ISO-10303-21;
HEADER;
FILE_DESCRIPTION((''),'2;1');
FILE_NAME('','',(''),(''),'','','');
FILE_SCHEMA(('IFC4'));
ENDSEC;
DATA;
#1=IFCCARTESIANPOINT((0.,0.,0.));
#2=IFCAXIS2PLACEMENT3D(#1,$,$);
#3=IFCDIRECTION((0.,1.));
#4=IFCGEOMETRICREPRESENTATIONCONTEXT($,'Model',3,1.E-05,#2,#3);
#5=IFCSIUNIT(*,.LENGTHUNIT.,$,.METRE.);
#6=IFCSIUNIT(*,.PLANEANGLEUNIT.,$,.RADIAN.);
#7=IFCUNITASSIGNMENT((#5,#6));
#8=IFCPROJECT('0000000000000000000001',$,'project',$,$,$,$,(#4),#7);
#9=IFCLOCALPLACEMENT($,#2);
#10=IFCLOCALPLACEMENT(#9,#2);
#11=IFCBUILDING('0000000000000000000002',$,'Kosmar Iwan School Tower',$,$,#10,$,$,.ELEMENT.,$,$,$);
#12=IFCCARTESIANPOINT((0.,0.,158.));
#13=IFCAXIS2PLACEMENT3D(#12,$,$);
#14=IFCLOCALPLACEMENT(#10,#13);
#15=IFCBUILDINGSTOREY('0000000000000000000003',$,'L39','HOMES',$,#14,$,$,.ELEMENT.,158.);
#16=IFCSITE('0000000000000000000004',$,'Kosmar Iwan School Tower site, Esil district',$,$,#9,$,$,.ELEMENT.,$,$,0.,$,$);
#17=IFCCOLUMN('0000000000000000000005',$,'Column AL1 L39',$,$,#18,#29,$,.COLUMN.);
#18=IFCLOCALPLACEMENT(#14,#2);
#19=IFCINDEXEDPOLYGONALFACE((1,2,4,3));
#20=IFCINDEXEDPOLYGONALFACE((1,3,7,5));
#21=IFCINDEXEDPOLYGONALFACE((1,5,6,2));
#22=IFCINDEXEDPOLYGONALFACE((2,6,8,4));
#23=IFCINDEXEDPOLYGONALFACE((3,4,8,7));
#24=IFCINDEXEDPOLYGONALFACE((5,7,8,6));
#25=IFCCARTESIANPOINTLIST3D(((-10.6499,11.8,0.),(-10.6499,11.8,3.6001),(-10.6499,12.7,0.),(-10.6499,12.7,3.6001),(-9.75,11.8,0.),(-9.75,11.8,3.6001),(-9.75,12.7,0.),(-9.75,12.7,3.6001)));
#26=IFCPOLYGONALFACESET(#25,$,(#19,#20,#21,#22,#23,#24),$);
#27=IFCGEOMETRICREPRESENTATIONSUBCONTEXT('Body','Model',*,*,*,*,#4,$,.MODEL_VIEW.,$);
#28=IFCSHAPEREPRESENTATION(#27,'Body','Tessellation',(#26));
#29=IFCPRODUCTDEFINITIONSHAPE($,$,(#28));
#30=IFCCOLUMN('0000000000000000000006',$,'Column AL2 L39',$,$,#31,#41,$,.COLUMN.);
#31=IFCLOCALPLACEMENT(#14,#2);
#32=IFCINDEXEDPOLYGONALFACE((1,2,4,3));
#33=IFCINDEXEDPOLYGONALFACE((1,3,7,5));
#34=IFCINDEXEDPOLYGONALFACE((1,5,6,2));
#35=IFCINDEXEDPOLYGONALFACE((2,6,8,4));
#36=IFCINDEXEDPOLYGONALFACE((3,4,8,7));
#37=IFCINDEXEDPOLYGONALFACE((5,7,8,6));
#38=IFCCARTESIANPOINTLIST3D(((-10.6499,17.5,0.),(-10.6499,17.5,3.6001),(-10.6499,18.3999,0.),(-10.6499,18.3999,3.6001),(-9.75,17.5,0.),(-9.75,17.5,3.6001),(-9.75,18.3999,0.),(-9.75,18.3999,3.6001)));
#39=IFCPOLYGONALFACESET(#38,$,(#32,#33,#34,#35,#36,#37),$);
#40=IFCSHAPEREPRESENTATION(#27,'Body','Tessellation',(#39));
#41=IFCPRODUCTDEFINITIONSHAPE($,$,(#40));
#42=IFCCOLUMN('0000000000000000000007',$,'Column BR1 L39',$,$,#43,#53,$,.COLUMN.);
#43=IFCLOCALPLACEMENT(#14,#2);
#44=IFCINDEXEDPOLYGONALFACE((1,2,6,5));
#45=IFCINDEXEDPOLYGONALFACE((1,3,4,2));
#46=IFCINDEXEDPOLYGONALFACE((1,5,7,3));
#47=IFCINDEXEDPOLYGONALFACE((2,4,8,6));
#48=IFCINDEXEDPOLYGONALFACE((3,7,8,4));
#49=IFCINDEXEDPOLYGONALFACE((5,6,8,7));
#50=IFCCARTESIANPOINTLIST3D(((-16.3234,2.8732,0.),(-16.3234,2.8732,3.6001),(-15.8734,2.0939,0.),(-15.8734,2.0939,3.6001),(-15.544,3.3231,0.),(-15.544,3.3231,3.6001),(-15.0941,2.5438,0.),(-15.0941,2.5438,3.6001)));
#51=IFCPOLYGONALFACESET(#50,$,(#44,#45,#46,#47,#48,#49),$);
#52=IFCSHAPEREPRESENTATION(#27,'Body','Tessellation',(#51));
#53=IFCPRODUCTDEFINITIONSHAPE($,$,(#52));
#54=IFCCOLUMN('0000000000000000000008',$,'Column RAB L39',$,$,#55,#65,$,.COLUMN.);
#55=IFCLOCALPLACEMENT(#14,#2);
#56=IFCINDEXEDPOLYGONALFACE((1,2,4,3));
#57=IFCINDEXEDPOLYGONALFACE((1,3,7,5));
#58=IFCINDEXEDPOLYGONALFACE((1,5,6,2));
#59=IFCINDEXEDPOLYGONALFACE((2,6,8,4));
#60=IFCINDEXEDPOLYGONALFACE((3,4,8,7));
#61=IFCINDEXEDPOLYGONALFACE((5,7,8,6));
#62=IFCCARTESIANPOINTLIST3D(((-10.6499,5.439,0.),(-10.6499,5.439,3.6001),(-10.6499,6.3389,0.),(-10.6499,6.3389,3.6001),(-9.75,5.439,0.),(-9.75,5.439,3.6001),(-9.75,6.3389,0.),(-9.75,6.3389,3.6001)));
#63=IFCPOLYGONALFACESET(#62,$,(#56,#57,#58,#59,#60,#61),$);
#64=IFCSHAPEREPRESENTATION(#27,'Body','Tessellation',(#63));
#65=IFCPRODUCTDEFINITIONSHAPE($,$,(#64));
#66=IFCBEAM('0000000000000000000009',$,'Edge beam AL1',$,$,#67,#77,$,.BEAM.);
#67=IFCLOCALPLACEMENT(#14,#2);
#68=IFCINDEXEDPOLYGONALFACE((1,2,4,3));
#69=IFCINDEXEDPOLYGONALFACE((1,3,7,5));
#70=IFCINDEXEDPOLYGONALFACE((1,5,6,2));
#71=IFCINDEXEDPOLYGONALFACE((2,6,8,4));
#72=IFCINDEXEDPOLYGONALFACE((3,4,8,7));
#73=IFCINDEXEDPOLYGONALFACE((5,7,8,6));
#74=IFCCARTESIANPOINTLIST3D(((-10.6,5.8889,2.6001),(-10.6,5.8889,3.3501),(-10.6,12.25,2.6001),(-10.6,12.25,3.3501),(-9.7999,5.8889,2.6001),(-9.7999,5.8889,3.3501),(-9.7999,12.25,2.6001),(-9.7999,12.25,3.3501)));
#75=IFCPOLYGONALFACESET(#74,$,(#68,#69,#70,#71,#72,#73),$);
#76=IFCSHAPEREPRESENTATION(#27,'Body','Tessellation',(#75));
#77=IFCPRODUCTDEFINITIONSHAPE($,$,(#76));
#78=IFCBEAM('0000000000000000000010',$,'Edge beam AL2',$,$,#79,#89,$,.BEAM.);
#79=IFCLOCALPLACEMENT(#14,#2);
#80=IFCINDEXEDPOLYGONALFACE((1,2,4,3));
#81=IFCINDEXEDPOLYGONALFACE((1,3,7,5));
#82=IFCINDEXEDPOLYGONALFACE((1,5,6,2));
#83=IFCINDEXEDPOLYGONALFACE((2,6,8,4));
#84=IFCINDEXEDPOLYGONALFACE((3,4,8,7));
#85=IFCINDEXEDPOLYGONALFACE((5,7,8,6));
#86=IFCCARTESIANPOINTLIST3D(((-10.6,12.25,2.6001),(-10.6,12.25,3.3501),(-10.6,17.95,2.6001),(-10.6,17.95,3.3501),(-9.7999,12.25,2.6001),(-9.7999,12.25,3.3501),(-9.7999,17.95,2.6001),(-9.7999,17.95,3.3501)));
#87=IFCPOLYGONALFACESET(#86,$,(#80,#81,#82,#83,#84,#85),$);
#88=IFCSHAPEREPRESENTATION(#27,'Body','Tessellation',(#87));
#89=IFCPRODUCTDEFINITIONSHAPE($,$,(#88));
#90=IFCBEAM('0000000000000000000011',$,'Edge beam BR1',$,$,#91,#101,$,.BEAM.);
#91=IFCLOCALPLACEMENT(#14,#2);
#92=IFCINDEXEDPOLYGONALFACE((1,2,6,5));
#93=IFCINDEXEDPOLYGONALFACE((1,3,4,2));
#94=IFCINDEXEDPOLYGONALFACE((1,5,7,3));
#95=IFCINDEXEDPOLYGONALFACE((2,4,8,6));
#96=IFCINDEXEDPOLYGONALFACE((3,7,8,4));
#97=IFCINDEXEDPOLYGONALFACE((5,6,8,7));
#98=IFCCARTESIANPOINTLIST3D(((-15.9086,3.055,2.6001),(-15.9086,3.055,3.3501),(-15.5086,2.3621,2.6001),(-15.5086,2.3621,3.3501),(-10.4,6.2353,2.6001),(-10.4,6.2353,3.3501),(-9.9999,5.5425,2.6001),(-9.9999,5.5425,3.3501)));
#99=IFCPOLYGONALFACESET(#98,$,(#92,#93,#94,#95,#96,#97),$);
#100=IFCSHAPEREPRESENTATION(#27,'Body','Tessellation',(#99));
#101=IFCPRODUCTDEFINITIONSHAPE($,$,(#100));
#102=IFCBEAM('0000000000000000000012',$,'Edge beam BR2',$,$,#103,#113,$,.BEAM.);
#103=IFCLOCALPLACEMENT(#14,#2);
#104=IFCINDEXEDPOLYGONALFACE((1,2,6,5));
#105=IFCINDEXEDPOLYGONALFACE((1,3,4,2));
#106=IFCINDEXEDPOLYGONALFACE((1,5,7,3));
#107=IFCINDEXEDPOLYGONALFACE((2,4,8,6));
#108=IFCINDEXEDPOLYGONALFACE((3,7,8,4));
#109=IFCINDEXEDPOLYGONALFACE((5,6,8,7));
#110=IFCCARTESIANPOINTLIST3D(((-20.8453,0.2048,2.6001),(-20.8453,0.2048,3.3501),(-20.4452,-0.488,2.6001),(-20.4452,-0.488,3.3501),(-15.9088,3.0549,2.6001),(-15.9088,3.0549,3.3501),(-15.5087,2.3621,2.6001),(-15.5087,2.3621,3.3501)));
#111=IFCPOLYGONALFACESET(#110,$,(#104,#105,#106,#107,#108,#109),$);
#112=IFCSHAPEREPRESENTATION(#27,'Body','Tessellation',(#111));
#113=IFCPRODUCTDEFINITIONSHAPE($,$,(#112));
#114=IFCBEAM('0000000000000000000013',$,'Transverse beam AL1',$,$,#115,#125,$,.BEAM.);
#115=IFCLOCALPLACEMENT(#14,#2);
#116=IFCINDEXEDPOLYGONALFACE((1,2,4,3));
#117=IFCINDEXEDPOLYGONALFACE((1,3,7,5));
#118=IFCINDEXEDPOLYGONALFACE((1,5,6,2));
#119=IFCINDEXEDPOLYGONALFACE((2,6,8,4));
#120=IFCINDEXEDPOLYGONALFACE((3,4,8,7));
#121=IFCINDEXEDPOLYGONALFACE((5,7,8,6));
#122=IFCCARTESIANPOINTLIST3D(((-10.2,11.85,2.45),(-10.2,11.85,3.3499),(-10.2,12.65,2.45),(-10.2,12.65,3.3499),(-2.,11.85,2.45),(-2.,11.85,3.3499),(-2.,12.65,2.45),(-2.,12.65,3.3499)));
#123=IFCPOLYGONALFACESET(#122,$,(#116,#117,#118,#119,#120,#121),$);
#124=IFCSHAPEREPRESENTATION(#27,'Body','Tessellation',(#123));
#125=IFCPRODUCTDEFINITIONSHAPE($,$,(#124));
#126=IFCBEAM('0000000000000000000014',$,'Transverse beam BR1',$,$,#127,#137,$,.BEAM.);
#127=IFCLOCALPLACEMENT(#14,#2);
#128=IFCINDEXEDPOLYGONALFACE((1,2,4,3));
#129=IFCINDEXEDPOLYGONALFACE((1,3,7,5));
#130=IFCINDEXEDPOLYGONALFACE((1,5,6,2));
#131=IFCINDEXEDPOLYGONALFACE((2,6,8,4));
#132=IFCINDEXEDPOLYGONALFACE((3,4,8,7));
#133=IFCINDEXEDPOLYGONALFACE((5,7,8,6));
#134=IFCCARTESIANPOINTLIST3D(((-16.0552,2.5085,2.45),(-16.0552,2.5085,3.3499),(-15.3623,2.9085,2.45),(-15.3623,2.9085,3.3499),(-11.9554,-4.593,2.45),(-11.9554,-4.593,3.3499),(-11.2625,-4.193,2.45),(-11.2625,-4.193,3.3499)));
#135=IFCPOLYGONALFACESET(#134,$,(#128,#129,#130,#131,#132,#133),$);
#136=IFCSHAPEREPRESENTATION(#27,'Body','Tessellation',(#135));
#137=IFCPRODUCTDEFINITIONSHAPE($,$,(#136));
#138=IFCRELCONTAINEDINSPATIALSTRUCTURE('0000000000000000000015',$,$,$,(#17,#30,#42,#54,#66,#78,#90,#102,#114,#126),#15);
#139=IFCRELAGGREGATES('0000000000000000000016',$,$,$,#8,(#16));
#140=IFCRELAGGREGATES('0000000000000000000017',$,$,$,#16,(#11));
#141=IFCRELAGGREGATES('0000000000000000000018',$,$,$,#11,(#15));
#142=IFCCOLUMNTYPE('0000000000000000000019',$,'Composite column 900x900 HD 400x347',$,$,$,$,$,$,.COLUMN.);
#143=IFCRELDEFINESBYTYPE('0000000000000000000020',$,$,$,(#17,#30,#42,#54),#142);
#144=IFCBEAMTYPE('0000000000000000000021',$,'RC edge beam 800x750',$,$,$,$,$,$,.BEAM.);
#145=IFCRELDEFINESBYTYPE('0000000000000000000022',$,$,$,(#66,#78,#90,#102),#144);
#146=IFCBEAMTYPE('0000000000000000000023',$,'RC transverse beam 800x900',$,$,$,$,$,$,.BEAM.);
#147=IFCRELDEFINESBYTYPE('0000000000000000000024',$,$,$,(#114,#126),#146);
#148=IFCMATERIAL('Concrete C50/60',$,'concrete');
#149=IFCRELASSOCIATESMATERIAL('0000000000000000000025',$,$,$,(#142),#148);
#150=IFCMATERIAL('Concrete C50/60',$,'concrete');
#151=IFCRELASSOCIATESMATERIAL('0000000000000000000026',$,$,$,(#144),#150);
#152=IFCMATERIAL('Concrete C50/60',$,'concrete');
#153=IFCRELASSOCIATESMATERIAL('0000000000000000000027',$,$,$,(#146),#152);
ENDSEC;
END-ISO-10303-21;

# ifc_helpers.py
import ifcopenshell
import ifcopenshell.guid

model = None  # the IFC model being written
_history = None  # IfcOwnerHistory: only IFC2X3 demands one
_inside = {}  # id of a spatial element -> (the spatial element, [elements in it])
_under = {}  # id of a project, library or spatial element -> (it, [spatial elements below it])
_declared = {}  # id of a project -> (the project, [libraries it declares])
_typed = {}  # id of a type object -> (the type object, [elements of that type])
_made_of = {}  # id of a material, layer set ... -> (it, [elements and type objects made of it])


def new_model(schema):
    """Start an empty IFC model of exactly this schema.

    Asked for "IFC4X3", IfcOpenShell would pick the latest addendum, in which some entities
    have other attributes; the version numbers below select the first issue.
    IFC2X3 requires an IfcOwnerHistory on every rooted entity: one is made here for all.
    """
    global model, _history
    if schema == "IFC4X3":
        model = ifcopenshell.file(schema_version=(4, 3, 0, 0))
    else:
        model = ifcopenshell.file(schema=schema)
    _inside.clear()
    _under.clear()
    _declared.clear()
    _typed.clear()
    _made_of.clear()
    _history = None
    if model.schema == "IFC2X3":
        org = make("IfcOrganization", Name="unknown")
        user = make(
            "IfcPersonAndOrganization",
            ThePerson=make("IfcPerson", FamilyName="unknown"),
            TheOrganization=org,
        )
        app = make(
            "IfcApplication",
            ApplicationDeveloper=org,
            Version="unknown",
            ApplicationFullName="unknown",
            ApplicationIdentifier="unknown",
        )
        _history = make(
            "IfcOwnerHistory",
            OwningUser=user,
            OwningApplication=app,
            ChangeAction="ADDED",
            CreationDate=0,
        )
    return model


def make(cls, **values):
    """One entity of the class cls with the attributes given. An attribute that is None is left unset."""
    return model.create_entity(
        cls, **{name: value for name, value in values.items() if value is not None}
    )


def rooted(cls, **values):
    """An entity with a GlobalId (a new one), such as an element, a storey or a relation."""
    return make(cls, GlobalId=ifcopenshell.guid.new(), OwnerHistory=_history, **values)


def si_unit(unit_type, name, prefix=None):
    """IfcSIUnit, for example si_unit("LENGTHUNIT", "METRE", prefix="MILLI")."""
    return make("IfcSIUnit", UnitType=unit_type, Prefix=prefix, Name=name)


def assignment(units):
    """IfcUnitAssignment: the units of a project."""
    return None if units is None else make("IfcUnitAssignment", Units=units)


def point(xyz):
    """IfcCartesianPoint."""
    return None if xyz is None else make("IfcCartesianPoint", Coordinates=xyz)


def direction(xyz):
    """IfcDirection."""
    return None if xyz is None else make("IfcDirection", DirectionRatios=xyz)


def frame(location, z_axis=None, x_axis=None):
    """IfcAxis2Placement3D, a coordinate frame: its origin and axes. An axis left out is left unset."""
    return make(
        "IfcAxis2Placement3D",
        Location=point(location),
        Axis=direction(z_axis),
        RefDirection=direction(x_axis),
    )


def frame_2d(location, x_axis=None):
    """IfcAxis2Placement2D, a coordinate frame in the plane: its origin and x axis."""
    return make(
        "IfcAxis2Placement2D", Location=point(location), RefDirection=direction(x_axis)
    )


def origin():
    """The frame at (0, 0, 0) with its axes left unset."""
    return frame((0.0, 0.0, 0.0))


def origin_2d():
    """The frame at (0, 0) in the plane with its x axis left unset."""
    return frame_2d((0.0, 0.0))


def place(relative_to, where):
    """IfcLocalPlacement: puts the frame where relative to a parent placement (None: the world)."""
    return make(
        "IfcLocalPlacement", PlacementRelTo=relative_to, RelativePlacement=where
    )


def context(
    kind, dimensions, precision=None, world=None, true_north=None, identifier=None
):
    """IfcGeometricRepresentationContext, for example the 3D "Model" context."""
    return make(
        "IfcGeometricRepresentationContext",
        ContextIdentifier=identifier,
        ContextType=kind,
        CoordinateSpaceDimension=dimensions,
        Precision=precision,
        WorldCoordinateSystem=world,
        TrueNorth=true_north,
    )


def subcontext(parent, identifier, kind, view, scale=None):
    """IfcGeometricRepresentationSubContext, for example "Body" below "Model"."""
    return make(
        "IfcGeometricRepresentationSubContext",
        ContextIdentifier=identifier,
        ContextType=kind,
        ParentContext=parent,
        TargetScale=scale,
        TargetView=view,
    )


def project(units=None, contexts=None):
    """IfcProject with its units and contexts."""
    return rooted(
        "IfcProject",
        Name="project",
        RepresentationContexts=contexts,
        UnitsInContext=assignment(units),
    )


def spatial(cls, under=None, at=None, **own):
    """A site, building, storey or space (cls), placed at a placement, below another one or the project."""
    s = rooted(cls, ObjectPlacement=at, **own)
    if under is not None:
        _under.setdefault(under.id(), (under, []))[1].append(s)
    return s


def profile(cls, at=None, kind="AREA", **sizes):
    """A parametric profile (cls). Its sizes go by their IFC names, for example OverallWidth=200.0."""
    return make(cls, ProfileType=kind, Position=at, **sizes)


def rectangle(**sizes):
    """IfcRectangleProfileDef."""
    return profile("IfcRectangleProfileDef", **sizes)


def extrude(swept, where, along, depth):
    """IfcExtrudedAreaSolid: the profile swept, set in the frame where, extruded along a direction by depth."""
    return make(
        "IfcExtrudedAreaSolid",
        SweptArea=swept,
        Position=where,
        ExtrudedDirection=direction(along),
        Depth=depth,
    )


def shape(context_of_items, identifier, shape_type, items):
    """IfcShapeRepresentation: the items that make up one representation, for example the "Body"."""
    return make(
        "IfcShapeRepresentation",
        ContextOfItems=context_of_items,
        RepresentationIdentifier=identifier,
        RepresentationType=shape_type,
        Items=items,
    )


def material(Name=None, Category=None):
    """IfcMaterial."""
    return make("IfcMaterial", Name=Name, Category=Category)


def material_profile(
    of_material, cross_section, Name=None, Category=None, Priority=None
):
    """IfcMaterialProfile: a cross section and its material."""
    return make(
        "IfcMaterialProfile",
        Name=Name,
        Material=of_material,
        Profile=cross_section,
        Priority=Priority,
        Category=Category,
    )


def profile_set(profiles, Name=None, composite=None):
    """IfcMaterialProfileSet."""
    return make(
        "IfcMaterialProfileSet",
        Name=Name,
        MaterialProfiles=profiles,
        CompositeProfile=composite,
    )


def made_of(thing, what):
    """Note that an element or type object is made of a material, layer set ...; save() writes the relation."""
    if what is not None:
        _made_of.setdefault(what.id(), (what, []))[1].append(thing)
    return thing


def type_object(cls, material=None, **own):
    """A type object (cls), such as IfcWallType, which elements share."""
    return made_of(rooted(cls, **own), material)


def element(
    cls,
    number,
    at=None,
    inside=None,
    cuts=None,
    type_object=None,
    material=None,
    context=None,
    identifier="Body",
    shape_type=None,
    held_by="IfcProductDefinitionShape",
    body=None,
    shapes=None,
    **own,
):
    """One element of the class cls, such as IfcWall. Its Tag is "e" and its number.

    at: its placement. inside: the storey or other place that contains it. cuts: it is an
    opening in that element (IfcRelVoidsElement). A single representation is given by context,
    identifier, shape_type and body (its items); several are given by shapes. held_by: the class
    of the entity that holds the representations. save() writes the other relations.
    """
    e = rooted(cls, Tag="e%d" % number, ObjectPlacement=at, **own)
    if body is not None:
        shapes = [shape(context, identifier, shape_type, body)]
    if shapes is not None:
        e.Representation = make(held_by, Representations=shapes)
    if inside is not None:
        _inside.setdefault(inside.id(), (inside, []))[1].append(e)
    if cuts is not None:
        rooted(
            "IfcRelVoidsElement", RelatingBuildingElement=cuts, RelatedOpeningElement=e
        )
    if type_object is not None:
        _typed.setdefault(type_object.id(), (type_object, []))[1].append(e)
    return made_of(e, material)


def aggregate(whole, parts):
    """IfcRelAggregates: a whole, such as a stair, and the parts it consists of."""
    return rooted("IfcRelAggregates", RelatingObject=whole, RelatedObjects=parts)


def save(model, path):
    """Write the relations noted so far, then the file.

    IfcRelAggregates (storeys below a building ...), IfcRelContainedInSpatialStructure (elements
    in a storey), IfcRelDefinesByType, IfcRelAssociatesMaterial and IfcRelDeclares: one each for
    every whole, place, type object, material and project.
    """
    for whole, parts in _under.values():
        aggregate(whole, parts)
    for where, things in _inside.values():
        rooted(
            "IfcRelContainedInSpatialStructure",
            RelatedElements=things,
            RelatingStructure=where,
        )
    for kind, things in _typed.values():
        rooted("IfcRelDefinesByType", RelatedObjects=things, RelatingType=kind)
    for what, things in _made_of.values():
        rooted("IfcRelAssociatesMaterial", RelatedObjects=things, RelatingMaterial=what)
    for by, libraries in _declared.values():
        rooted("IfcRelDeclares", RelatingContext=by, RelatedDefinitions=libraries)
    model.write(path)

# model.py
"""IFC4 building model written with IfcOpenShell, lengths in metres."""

from ifc_helpers import new_model, si_unit, direction, frame, origin, origin_2d, place, context, subcontext, project, spatial, rectangle, extrude, material, material_profile, profile_set, type_object, element, save


model = new_model("IFC4")

# Units and contexts
model_context = context("Model", 3, precision=1e-05, world=origin(), true_north=direction((0.0, 1.0)))
body_context = subcontext(model_context, "Body", "Model", "MODEL_VIEW")
ifc_project = project(units=[si_unit("LENGTHUNIT", "METRE"), si_unit("PLANEANGLEUNIT", "RADIAN")], contexts=[model_context])

# Site, building, storey
site_placement = place(None, origin())
site = spatial("IfcSite", under=ifc_project, at=site_placement, Name="Kosmar Iwan School Tower site, Esil district", CompositionType="ELEMENT", RefElevation=0.0)
building_placement = place(site_placement, origin())
building = spatial("IfcBuilding", under=site, at=building_placement, Name="Kosmar Iwan School Tower", CompositionType="ELEMENT")
storey_placement = place(building_placement, frame((0.0, 0.0, 158.0)))
storey = spatial("IfcBuildingStorey", under=building, at=storey_placement, Name="L39", Description="HOMES", CompositionType="ELEMENT", Elevation=158.0)

# Columns
ifc_material_1 = material(Name="Concrete C50/60", Category="concrete")
ifc_material_profile_1 = material_profile(ifc_material_1, rectangle(XDim=0.8999, YDim=0.8999, at=origin_2d()), Name="RC 900x900 + HD 400x347")
ifc_profile_set_1 = profile_set([ifc_material_profile_1], Name="Concrete C50/60")
column_type = type_object("IfcColumnType", Name="Composite column 900x900 HD 400x347", PredefinedType="COLUMN", material=ifc_profile_set_1)
for number, where, z_axis, x_axis, name in (
    (1, (-10.2, 12.25, 0.0), (0.0, 0.0, 1.0), (0.0, 1.0, 0.0), "Column AL1 L39"),
    (2, (-10.2, 17.95, 0.0), (0.0, 0.0, 1.0), (0.0, 1.0, 0.0), "Column AL2 L39"),
    (3, (-15.7087, 2.7085, 0.0), (0.0, 0.0, 1.0), (-0.866025, -0.5, 0.0), "Column BR1 L39"),
    (4, (-10.2, 5.8889, 0.0), (0.0, 0.0, 1.0), (1.0, 0.0, 0.0), "Column RAB L39"),
):
    element("IfcColumn", number, at=place(storey_placement, frame(where, z_axis=z_axis, x_axis=x_axis)), inside=storey, type_object=column_type, Name=name, PredefinedType="COLUMN", context=body_context, shape_type="SweptSolid", body=[
        extrude(rectangle(XDim=0.8999, YDim=0.8999, at=origin_2d()), origin(), (0.0, 0.0, 1.0), 3.6001),
    ])

# Beams
ifc_material_2 = material(Name="Concrete C50/60", Category="concrete")
ifc_material_profile_2 = material_profile(ifc_material_2, rectangle(XDim=0.8, YDim=0.75, at=origin_2d()), Name="RC 800x750")
ifc_profile_set_2 = profile_set([ifc_material_profile_2], Name="Concrete C50/60")
beam_type_1 = type_object("IfcBeamType", Name="RC edge beam 800x750", PredefinedType="BEAM", material=ifc_profile_set_2)
beam_1_placement = place(storey_placement, frame((-10.2, 5.8889, 2.9751), z_axis=(0.0, 1.0, 0.0), x_axis=(-1.0, 0.0, 0.0)))
element("IfcBeam", 5, at=beam_1_placement, inside=storey, type_object=beam_type_1, Name="Edge beam AL1", PredefinedType="BEAM", context=body_context, shape_type="SweptSolid", body=[
    extrude(rectangle(XDim=0.8, YDim=0.75, at=origin_2d()), origin(), (0.0, 0.0, 1.0), 6.3611),
])
beam_2_placement = place(storey_placement, frame((-10.2, 12.25, 2.9751), z_axis=(0.0, 1.0, 0.0), x_axis=(-1.0, 0.0, 0.0)))
element("IfcBeam", 6, at=beam_2_placement, inside=storey, type_object=beam_type_1, Name="Edge beam AL2", PredefinedType="BEAM", context=body_context, shape_type="SweptSolid", body=[
    extrude(rectangle(XDim=0.8, YDim=0.75, at=origin_2d()), origin(), (0.0, 0.0, 1.0), 5.7),
])
beam_3_placement = place(storey_placement, frame((-10.2, 5.8889, 2.9751), z_axis=(-0.866031, -0.49999, 0.0), x_axis=(0.49999, -0.866031, 0.0)))
element("IfcBeam", 7, at=beam_3_placement, inside=storey, type_object=beam_type_1, Name="Edge beam BR1", PredefinedType="BEAM", context=body_context, shape_type="SweptSolid", body=[
    extrude(rectangle(XDim=0.8, YDim=0.75, at=origin_2d()), origin(), (0.0, 0.0, 1.0), 6.3608),
])
beam_4_placement = place(storey_placement, frame((-15.7087, 2.7085, 2.9751), z_axis=(-0.866026, -0.499999, 0.0), x_axis=(0.499999, -0.866026, 0.0)))
element("IfcBeam", 8, at=beam_4_placement, inside=storey, type_object=beam_type_1, Name="Edge beam BR2", PredefinedType="BEAM", context=body_context, shape_type="SweptSolid", body=[
    extrude(rectangle(XDim=0.8, YDim=0.75, at=origin_2d()), origin(), (0.0, 0.0, 1.0), 5.7002),
])
ifc_material_3 = material(Name="Concrete C50/60", Category="concrete")
ifc_material_profile_3 = material_profile(ifc_material_3, rectangle(XDim=0.8, YDim=0.8999, at=origin_2d()), Name="RC 800x900")
ifc_profile_set_3 = profile_set([ifc_material_profile_3], Name="Concrete C50/60")
beam_type_2 = type_object("IfcBeamType", Name="RC transverse beam 800x900", PredefinedType="BEAM", material=ifc_profile_set_3)
for number, where, z_axis, x_axis, name in (
    (9, (-10.2, 12.25, 2.8999), (1.0, 0.0, 0.0), (0.0, 1.0, 0.0), "Transverse beam AL1"),
    (10, (-15.7087, 2.7085, 2.8999), (0.499978, -0.866038, 0.0), (0.866038, 0.499978, 0.0), "Transverse beam BR1"),
):
    element("IfcBeam", number, at=place(storey_placement, frame(where, z_axis=z_axis, x_axis=x_axis)), inside=storey, type_object=beam_type_2, Name=name, PredefinedType="BEAM", context=body_context, shape_type="SweptSolid", body=[
        extrude(rectangle(XDim=0.8, YDim=0.8999, at=origin_2d()), origin(), (0.0, 0.0, 1.0), 8.2),
    ])

save(model, "model.ifc")
